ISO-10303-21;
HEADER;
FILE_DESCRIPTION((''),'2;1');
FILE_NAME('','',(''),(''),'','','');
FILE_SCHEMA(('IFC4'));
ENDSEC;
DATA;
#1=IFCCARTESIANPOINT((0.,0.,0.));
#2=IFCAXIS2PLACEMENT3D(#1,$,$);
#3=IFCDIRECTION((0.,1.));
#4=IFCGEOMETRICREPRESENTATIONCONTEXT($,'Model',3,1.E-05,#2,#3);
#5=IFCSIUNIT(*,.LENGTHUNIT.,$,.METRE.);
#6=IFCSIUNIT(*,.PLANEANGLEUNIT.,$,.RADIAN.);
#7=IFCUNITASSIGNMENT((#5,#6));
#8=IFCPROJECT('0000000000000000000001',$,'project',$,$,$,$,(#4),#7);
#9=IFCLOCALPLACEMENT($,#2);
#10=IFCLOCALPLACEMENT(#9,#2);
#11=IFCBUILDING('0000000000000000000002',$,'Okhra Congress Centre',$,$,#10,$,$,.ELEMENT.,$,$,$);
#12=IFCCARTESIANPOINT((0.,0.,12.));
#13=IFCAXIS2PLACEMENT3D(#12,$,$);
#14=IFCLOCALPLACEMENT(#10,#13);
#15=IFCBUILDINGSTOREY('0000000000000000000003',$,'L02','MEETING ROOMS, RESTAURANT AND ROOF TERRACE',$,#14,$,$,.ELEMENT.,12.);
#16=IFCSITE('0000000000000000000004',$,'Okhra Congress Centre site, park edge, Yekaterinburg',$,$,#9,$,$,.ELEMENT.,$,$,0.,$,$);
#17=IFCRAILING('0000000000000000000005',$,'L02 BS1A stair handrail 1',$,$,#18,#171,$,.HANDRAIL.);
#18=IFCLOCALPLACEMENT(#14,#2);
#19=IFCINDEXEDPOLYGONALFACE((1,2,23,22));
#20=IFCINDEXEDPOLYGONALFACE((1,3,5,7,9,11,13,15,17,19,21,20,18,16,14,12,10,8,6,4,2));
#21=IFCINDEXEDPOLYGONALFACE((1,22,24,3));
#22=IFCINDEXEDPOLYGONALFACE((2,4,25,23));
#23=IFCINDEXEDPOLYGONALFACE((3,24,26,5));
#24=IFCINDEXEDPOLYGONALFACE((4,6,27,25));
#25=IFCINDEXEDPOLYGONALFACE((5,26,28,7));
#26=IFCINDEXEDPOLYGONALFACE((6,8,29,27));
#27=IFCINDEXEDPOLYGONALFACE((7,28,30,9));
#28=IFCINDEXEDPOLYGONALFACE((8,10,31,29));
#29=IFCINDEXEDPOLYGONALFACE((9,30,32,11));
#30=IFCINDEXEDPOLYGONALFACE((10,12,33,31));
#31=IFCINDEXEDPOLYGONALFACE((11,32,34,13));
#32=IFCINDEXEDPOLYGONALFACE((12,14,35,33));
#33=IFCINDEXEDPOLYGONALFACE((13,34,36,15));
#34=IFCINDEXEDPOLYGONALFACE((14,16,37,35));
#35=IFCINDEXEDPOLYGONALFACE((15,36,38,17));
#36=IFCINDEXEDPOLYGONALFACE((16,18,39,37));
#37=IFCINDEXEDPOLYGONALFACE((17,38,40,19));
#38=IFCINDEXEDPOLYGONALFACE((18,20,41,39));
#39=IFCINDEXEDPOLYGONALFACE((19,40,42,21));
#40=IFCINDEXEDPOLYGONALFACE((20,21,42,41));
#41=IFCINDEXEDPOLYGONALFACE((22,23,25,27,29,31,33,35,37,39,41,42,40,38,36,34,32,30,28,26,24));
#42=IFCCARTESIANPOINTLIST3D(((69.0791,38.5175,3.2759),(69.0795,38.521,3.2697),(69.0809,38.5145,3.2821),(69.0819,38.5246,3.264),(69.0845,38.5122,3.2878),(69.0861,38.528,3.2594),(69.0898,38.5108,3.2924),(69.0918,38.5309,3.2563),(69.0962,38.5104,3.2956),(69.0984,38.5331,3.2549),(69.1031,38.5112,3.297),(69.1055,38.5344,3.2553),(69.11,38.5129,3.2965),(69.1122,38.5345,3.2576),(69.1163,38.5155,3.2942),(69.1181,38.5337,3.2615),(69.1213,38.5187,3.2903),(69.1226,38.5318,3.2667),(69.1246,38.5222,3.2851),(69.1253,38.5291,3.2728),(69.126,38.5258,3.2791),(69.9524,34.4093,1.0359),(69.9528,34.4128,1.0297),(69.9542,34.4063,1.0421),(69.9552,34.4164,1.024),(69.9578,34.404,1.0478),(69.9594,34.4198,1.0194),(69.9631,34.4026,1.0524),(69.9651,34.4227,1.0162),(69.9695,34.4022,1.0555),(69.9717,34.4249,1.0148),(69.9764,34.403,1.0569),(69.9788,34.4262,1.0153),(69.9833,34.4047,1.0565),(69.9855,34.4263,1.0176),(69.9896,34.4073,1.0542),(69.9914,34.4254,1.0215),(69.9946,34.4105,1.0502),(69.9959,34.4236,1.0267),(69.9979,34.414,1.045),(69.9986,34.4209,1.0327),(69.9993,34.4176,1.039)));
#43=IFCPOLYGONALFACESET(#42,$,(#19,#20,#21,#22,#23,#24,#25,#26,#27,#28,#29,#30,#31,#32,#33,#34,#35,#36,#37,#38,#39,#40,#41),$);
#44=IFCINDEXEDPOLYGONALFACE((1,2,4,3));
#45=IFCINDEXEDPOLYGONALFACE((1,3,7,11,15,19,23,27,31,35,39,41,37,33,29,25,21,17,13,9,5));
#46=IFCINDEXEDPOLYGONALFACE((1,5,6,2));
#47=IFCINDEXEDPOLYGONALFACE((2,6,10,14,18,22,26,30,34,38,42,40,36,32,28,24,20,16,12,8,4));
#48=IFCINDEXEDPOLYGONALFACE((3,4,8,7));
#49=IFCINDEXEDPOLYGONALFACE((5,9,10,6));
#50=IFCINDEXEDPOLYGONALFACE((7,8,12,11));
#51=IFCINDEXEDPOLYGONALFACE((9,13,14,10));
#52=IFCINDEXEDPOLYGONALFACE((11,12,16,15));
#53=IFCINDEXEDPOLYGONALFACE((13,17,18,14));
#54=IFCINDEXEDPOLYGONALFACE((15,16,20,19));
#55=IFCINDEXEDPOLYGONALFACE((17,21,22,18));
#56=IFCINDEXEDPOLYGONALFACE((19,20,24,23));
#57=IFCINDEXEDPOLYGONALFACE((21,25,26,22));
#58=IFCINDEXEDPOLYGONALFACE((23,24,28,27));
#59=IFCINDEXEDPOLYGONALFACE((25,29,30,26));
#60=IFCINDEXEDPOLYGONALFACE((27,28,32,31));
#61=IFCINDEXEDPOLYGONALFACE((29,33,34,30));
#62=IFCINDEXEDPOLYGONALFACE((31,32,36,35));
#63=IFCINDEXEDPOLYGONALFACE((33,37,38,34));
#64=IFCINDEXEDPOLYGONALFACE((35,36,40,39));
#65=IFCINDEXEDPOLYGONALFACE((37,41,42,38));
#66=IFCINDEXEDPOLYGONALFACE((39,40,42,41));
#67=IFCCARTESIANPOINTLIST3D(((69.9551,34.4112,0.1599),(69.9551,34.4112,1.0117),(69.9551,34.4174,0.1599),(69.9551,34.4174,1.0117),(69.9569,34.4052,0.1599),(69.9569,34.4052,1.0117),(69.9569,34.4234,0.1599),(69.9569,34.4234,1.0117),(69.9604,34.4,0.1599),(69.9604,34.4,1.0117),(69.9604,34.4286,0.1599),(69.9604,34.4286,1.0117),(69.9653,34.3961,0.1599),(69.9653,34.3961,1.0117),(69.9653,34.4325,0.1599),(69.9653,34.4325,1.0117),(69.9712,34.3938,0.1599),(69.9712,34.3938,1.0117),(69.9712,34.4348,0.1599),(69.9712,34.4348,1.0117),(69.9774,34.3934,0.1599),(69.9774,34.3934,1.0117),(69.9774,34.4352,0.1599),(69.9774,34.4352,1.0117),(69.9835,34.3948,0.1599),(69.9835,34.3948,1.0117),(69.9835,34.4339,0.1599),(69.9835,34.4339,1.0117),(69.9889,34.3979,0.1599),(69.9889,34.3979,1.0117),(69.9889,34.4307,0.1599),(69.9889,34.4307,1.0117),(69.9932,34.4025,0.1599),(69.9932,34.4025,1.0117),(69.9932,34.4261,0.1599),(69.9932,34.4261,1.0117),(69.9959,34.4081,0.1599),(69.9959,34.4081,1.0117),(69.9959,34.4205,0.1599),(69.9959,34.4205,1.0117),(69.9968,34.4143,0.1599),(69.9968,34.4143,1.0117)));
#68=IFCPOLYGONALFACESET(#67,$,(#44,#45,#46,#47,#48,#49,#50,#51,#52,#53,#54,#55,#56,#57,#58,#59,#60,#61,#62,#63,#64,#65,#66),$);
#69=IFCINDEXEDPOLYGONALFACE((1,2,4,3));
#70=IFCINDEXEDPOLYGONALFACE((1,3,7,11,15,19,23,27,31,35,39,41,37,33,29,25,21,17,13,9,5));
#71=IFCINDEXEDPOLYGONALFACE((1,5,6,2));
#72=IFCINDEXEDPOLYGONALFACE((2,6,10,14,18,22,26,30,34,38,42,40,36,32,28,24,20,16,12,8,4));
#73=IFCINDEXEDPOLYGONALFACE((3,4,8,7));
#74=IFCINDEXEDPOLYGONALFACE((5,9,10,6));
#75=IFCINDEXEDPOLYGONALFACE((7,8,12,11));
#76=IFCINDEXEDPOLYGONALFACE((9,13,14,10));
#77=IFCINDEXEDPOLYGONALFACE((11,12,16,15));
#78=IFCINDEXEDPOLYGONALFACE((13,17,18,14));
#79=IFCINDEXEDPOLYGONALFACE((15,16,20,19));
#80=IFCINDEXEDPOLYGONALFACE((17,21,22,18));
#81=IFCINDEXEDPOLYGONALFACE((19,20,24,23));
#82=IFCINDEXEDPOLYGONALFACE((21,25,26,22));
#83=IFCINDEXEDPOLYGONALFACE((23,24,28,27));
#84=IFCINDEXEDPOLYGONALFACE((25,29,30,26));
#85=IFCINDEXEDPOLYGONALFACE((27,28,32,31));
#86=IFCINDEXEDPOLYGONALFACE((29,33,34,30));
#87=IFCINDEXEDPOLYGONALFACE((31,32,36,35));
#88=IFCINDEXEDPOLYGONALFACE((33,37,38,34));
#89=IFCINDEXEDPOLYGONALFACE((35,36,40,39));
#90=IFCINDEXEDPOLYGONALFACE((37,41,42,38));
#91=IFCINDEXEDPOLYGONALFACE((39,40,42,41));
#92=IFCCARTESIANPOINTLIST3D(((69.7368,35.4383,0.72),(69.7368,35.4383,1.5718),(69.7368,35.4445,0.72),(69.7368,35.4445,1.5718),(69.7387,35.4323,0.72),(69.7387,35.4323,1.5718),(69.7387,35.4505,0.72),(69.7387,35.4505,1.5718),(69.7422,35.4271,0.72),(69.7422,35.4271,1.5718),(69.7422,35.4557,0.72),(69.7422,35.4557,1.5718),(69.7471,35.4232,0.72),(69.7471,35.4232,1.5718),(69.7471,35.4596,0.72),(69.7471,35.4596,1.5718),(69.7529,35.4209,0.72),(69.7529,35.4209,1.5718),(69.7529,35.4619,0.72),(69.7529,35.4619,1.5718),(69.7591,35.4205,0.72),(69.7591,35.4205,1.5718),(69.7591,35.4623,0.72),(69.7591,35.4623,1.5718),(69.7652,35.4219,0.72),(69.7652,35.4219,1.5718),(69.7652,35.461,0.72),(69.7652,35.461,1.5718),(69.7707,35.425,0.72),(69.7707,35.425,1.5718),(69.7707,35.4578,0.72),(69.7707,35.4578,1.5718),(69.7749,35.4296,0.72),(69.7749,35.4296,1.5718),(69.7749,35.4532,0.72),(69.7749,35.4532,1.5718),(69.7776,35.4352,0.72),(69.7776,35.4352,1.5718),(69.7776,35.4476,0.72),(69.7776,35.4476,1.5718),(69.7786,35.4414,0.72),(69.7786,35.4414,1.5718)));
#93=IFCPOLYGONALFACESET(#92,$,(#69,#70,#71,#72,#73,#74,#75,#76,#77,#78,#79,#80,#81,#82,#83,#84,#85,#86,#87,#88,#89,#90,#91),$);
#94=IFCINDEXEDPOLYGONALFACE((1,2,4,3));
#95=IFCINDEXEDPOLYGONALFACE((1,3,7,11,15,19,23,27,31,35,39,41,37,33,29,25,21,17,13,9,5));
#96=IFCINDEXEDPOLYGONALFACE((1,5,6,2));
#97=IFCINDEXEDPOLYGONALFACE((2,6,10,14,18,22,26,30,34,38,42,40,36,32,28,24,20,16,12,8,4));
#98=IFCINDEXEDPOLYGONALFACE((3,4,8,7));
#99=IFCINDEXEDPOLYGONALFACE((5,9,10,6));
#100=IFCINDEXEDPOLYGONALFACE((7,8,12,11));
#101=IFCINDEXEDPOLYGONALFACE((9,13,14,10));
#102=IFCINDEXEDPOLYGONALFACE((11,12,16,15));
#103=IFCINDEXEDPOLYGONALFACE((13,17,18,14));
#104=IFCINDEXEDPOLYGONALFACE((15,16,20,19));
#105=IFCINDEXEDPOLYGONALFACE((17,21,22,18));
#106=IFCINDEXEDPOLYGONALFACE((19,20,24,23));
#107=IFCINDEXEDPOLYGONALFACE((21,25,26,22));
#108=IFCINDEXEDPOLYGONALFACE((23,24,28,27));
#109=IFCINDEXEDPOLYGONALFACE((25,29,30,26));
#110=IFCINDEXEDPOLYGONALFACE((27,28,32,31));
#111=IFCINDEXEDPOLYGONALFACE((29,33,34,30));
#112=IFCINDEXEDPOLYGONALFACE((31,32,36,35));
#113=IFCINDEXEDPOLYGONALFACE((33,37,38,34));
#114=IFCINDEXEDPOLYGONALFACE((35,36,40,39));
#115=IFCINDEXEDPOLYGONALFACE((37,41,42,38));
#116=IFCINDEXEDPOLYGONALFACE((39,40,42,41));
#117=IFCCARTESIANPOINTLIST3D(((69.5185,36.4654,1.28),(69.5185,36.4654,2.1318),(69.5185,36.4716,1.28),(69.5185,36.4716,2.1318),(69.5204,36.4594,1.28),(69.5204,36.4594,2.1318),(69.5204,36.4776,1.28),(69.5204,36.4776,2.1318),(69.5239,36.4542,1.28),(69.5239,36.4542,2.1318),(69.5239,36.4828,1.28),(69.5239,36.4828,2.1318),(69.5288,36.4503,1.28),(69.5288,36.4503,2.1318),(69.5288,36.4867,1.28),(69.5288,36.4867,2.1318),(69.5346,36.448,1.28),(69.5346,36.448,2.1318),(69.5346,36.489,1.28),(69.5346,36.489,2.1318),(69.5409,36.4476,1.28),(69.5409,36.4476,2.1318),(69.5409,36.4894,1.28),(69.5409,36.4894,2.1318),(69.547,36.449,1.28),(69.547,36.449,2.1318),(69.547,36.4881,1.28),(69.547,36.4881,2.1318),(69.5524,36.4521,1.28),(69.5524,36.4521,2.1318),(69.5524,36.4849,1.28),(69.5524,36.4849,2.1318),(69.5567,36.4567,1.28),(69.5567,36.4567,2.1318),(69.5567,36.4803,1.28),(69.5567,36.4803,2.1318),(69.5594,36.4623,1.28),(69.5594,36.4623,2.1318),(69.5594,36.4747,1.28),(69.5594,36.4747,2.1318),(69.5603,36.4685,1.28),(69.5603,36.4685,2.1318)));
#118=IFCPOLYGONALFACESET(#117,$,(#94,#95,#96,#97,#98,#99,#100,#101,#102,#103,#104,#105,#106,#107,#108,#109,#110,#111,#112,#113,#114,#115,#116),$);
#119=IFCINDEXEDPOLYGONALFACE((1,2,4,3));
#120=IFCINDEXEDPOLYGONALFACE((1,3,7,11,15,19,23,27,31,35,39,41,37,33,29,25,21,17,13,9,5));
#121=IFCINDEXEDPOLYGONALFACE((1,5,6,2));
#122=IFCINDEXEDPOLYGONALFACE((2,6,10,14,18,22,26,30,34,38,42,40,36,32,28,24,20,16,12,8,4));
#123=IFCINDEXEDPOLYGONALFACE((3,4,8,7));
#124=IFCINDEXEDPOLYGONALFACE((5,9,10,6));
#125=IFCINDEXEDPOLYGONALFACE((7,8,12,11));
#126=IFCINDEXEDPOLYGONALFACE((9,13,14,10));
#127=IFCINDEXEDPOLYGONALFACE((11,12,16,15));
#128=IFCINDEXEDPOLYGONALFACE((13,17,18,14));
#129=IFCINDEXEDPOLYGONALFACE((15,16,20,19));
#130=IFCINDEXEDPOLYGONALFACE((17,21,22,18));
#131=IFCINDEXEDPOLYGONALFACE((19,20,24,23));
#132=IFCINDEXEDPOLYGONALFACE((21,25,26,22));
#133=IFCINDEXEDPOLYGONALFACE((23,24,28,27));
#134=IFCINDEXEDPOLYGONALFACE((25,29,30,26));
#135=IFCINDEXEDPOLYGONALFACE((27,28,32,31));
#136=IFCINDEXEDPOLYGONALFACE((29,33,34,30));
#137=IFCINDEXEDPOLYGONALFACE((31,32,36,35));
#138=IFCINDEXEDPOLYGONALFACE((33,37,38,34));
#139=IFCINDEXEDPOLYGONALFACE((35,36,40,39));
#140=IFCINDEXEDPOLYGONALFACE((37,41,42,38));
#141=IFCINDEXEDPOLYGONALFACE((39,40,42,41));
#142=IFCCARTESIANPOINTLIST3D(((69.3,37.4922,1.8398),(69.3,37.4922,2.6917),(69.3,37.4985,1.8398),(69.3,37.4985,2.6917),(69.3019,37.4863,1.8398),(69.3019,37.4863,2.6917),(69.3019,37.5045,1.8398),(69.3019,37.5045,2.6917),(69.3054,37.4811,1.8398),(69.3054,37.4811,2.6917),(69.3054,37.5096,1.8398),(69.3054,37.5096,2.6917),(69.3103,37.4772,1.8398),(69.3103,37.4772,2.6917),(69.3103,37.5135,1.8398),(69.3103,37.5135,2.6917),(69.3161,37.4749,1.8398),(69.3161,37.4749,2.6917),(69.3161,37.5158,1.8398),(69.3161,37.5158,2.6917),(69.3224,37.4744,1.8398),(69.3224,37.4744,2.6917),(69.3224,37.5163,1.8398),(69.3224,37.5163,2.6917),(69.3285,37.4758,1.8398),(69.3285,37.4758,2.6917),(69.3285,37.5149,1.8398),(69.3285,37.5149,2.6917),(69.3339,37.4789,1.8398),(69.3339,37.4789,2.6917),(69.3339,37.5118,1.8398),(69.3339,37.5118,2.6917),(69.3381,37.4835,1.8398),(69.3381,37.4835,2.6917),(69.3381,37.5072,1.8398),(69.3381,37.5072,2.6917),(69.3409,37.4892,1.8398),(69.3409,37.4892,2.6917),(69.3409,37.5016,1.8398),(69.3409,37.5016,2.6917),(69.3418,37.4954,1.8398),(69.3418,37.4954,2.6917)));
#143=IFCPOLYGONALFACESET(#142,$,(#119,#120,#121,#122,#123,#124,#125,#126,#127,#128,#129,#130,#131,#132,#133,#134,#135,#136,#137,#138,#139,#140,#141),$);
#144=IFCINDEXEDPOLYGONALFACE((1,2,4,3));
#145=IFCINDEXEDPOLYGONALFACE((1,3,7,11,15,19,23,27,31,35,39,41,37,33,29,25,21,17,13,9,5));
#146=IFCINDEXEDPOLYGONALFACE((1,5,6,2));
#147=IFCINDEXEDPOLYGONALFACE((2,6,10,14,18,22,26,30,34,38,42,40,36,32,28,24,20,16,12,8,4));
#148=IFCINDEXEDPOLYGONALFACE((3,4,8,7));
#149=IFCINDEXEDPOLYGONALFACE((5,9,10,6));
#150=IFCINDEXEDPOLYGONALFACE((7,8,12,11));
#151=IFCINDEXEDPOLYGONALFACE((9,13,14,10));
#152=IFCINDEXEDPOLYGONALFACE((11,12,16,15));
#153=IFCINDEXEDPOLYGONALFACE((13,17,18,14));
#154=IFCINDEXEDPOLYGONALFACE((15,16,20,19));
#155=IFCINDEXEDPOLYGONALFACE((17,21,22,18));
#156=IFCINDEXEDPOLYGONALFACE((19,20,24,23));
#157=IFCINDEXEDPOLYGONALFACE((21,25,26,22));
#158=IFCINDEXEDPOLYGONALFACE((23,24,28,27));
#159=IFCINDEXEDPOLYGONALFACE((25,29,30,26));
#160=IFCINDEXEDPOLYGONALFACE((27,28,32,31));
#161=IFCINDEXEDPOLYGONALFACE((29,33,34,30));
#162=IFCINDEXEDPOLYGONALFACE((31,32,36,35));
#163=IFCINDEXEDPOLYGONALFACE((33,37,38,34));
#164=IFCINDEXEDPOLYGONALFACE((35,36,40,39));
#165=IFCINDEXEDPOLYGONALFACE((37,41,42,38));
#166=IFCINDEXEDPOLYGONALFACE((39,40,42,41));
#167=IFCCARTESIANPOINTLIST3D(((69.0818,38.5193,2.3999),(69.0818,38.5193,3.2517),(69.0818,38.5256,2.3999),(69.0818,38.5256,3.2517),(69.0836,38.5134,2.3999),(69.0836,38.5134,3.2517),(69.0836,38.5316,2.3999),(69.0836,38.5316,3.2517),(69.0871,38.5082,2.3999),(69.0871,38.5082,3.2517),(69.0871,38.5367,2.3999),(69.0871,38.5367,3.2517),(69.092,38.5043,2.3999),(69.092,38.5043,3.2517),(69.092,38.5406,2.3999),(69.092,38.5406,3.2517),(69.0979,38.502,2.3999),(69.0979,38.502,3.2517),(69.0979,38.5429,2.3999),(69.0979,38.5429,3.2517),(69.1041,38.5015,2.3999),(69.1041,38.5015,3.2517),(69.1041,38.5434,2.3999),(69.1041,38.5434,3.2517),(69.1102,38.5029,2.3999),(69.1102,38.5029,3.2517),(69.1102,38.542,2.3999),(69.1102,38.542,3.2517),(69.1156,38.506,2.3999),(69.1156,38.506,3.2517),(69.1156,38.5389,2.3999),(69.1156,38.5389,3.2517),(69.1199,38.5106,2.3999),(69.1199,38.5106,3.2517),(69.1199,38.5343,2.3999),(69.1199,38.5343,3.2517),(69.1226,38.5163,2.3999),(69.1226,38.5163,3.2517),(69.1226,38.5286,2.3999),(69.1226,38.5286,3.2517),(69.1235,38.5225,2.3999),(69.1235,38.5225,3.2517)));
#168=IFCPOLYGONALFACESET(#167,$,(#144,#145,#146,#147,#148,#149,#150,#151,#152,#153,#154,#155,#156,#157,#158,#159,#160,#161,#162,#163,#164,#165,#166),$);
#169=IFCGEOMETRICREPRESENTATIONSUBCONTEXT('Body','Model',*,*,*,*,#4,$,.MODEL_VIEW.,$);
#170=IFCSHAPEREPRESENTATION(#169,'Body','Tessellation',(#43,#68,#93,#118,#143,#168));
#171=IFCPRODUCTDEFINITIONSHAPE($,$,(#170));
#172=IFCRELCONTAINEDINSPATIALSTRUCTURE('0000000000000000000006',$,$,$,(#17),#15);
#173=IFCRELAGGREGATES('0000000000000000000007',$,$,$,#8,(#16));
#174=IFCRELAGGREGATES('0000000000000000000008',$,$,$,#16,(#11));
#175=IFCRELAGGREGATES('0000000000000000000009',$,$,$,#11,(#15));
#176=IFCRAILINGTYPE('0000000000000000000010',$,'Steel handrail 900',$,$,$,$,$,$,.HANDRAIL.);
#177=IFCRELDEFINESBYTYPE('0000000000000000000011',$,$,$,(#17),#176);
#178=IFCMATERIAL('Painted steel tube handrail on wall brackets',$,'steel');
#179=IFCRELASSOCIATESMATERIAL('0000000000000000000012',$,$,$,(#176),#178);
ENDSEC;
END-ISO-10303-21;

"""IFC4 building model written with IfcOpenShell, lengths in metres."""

from ifc_helpers import new_model, si_unit, direction, frame, origin, origin_2d, place, context, subcontext, project, spatial, circle, extrude, material, type_object, element, save


model = new_model("IFC4")

# Units and contexts
model_context = context("Model", 3, precision=1e-05, world=origin(), true_north=direction((0.0, 1.0)))
body_context = subcontext(model_context, "Body", "Model", "MODEL_VIEW")
ifc_project = project(units=[si_unit("LENGTHUNIT", "METRE"), si_unit("PLANEANGLEUNIT", "RADIAN")], contexts=[model_context])

# Site, building, storey
site_placement = place(None, origin())
site = spatial("IfcSite", under=ifc_project, at=site_placement, Name="Okhra Congress Centre site, park edge, Yekaterinburg", CompositionType="ELEMENT", RefElevation=0.0)
building_placement = place(site_placement, origin())
building = spatial("IfcBuilding", under=site, at=building_placement, Name="Okhra Congress Centre", CompositionType="ELEMENT")
storey_placement = place(building_placement, frame((0.0, 0.0, 12.0)))
storey = spatial("IfcBuildingStorey", under=building, at=storey_placement, Name="L02", Description="MEETING ROOMS, RESTAURANT AND ROOF TERRACE", CompositionType="ELEMENT", Elevation=12.0)

# Railing
ifc_material_1 = material(Name="Painted steel tube handrail on wall brackets", Category="steel")
railing_type_1 = type_object("IfcRailingType", Name="Steel handrail 900", PredefinedType="HANDRAIL", material=ifc_material_1)
railing_1_placement = place(storey_placement, frame((69.9758, 34.4143, 0.1599)))
element("IfcRailing", 1, at=railing_1_placement, inside=storey, type_object=railing_type_1, Name="L02 BS1A stair handrail 1", PredefinedType="HANDRAIL", context=body_context, shape_type="SweptSolid", body=[
    extrude(circle(Radius=0.0239, at=origin_2d()), frame((0.0, 0.0, 0.876), z_axis=(-0.183466, 0.863067, 0.470591), x_axis=(-0.978144, -0.207929, 0.0)), (0.0, 0.0, 1.0), 4.76),
    extrude(circle(Radius=0.021, at=origin_2d()), origin(), (0.0, 0.0, 1.0), 0.8518),
    extrude(circle(Radius=0.021, at=origin_2d()), frame((-0.2183, 1.0271, 0.5601)), (0.0, 0.0, 1.0), 0.8518),
    extrude(circle(Radius=0.021, at=origin_2d()), frame((-0.4365, 2.0542, 1.1201)), (0.0, 0.0, 1.0), 0.8518),
    extrude(circle(Radius=0.021, at=origin_2d()), frame((-0.655, 3.0811, 1.6799)), (0.0, 0.0, 1.0), 0.8518),
    extrude(circle(Radius=0.021, at=origin_2d()), frame((-0.8733, 4.1082, 2.24)), (0.0, 0.0, 1.0), 0.8518),
])

save(model, "model.ifc")
